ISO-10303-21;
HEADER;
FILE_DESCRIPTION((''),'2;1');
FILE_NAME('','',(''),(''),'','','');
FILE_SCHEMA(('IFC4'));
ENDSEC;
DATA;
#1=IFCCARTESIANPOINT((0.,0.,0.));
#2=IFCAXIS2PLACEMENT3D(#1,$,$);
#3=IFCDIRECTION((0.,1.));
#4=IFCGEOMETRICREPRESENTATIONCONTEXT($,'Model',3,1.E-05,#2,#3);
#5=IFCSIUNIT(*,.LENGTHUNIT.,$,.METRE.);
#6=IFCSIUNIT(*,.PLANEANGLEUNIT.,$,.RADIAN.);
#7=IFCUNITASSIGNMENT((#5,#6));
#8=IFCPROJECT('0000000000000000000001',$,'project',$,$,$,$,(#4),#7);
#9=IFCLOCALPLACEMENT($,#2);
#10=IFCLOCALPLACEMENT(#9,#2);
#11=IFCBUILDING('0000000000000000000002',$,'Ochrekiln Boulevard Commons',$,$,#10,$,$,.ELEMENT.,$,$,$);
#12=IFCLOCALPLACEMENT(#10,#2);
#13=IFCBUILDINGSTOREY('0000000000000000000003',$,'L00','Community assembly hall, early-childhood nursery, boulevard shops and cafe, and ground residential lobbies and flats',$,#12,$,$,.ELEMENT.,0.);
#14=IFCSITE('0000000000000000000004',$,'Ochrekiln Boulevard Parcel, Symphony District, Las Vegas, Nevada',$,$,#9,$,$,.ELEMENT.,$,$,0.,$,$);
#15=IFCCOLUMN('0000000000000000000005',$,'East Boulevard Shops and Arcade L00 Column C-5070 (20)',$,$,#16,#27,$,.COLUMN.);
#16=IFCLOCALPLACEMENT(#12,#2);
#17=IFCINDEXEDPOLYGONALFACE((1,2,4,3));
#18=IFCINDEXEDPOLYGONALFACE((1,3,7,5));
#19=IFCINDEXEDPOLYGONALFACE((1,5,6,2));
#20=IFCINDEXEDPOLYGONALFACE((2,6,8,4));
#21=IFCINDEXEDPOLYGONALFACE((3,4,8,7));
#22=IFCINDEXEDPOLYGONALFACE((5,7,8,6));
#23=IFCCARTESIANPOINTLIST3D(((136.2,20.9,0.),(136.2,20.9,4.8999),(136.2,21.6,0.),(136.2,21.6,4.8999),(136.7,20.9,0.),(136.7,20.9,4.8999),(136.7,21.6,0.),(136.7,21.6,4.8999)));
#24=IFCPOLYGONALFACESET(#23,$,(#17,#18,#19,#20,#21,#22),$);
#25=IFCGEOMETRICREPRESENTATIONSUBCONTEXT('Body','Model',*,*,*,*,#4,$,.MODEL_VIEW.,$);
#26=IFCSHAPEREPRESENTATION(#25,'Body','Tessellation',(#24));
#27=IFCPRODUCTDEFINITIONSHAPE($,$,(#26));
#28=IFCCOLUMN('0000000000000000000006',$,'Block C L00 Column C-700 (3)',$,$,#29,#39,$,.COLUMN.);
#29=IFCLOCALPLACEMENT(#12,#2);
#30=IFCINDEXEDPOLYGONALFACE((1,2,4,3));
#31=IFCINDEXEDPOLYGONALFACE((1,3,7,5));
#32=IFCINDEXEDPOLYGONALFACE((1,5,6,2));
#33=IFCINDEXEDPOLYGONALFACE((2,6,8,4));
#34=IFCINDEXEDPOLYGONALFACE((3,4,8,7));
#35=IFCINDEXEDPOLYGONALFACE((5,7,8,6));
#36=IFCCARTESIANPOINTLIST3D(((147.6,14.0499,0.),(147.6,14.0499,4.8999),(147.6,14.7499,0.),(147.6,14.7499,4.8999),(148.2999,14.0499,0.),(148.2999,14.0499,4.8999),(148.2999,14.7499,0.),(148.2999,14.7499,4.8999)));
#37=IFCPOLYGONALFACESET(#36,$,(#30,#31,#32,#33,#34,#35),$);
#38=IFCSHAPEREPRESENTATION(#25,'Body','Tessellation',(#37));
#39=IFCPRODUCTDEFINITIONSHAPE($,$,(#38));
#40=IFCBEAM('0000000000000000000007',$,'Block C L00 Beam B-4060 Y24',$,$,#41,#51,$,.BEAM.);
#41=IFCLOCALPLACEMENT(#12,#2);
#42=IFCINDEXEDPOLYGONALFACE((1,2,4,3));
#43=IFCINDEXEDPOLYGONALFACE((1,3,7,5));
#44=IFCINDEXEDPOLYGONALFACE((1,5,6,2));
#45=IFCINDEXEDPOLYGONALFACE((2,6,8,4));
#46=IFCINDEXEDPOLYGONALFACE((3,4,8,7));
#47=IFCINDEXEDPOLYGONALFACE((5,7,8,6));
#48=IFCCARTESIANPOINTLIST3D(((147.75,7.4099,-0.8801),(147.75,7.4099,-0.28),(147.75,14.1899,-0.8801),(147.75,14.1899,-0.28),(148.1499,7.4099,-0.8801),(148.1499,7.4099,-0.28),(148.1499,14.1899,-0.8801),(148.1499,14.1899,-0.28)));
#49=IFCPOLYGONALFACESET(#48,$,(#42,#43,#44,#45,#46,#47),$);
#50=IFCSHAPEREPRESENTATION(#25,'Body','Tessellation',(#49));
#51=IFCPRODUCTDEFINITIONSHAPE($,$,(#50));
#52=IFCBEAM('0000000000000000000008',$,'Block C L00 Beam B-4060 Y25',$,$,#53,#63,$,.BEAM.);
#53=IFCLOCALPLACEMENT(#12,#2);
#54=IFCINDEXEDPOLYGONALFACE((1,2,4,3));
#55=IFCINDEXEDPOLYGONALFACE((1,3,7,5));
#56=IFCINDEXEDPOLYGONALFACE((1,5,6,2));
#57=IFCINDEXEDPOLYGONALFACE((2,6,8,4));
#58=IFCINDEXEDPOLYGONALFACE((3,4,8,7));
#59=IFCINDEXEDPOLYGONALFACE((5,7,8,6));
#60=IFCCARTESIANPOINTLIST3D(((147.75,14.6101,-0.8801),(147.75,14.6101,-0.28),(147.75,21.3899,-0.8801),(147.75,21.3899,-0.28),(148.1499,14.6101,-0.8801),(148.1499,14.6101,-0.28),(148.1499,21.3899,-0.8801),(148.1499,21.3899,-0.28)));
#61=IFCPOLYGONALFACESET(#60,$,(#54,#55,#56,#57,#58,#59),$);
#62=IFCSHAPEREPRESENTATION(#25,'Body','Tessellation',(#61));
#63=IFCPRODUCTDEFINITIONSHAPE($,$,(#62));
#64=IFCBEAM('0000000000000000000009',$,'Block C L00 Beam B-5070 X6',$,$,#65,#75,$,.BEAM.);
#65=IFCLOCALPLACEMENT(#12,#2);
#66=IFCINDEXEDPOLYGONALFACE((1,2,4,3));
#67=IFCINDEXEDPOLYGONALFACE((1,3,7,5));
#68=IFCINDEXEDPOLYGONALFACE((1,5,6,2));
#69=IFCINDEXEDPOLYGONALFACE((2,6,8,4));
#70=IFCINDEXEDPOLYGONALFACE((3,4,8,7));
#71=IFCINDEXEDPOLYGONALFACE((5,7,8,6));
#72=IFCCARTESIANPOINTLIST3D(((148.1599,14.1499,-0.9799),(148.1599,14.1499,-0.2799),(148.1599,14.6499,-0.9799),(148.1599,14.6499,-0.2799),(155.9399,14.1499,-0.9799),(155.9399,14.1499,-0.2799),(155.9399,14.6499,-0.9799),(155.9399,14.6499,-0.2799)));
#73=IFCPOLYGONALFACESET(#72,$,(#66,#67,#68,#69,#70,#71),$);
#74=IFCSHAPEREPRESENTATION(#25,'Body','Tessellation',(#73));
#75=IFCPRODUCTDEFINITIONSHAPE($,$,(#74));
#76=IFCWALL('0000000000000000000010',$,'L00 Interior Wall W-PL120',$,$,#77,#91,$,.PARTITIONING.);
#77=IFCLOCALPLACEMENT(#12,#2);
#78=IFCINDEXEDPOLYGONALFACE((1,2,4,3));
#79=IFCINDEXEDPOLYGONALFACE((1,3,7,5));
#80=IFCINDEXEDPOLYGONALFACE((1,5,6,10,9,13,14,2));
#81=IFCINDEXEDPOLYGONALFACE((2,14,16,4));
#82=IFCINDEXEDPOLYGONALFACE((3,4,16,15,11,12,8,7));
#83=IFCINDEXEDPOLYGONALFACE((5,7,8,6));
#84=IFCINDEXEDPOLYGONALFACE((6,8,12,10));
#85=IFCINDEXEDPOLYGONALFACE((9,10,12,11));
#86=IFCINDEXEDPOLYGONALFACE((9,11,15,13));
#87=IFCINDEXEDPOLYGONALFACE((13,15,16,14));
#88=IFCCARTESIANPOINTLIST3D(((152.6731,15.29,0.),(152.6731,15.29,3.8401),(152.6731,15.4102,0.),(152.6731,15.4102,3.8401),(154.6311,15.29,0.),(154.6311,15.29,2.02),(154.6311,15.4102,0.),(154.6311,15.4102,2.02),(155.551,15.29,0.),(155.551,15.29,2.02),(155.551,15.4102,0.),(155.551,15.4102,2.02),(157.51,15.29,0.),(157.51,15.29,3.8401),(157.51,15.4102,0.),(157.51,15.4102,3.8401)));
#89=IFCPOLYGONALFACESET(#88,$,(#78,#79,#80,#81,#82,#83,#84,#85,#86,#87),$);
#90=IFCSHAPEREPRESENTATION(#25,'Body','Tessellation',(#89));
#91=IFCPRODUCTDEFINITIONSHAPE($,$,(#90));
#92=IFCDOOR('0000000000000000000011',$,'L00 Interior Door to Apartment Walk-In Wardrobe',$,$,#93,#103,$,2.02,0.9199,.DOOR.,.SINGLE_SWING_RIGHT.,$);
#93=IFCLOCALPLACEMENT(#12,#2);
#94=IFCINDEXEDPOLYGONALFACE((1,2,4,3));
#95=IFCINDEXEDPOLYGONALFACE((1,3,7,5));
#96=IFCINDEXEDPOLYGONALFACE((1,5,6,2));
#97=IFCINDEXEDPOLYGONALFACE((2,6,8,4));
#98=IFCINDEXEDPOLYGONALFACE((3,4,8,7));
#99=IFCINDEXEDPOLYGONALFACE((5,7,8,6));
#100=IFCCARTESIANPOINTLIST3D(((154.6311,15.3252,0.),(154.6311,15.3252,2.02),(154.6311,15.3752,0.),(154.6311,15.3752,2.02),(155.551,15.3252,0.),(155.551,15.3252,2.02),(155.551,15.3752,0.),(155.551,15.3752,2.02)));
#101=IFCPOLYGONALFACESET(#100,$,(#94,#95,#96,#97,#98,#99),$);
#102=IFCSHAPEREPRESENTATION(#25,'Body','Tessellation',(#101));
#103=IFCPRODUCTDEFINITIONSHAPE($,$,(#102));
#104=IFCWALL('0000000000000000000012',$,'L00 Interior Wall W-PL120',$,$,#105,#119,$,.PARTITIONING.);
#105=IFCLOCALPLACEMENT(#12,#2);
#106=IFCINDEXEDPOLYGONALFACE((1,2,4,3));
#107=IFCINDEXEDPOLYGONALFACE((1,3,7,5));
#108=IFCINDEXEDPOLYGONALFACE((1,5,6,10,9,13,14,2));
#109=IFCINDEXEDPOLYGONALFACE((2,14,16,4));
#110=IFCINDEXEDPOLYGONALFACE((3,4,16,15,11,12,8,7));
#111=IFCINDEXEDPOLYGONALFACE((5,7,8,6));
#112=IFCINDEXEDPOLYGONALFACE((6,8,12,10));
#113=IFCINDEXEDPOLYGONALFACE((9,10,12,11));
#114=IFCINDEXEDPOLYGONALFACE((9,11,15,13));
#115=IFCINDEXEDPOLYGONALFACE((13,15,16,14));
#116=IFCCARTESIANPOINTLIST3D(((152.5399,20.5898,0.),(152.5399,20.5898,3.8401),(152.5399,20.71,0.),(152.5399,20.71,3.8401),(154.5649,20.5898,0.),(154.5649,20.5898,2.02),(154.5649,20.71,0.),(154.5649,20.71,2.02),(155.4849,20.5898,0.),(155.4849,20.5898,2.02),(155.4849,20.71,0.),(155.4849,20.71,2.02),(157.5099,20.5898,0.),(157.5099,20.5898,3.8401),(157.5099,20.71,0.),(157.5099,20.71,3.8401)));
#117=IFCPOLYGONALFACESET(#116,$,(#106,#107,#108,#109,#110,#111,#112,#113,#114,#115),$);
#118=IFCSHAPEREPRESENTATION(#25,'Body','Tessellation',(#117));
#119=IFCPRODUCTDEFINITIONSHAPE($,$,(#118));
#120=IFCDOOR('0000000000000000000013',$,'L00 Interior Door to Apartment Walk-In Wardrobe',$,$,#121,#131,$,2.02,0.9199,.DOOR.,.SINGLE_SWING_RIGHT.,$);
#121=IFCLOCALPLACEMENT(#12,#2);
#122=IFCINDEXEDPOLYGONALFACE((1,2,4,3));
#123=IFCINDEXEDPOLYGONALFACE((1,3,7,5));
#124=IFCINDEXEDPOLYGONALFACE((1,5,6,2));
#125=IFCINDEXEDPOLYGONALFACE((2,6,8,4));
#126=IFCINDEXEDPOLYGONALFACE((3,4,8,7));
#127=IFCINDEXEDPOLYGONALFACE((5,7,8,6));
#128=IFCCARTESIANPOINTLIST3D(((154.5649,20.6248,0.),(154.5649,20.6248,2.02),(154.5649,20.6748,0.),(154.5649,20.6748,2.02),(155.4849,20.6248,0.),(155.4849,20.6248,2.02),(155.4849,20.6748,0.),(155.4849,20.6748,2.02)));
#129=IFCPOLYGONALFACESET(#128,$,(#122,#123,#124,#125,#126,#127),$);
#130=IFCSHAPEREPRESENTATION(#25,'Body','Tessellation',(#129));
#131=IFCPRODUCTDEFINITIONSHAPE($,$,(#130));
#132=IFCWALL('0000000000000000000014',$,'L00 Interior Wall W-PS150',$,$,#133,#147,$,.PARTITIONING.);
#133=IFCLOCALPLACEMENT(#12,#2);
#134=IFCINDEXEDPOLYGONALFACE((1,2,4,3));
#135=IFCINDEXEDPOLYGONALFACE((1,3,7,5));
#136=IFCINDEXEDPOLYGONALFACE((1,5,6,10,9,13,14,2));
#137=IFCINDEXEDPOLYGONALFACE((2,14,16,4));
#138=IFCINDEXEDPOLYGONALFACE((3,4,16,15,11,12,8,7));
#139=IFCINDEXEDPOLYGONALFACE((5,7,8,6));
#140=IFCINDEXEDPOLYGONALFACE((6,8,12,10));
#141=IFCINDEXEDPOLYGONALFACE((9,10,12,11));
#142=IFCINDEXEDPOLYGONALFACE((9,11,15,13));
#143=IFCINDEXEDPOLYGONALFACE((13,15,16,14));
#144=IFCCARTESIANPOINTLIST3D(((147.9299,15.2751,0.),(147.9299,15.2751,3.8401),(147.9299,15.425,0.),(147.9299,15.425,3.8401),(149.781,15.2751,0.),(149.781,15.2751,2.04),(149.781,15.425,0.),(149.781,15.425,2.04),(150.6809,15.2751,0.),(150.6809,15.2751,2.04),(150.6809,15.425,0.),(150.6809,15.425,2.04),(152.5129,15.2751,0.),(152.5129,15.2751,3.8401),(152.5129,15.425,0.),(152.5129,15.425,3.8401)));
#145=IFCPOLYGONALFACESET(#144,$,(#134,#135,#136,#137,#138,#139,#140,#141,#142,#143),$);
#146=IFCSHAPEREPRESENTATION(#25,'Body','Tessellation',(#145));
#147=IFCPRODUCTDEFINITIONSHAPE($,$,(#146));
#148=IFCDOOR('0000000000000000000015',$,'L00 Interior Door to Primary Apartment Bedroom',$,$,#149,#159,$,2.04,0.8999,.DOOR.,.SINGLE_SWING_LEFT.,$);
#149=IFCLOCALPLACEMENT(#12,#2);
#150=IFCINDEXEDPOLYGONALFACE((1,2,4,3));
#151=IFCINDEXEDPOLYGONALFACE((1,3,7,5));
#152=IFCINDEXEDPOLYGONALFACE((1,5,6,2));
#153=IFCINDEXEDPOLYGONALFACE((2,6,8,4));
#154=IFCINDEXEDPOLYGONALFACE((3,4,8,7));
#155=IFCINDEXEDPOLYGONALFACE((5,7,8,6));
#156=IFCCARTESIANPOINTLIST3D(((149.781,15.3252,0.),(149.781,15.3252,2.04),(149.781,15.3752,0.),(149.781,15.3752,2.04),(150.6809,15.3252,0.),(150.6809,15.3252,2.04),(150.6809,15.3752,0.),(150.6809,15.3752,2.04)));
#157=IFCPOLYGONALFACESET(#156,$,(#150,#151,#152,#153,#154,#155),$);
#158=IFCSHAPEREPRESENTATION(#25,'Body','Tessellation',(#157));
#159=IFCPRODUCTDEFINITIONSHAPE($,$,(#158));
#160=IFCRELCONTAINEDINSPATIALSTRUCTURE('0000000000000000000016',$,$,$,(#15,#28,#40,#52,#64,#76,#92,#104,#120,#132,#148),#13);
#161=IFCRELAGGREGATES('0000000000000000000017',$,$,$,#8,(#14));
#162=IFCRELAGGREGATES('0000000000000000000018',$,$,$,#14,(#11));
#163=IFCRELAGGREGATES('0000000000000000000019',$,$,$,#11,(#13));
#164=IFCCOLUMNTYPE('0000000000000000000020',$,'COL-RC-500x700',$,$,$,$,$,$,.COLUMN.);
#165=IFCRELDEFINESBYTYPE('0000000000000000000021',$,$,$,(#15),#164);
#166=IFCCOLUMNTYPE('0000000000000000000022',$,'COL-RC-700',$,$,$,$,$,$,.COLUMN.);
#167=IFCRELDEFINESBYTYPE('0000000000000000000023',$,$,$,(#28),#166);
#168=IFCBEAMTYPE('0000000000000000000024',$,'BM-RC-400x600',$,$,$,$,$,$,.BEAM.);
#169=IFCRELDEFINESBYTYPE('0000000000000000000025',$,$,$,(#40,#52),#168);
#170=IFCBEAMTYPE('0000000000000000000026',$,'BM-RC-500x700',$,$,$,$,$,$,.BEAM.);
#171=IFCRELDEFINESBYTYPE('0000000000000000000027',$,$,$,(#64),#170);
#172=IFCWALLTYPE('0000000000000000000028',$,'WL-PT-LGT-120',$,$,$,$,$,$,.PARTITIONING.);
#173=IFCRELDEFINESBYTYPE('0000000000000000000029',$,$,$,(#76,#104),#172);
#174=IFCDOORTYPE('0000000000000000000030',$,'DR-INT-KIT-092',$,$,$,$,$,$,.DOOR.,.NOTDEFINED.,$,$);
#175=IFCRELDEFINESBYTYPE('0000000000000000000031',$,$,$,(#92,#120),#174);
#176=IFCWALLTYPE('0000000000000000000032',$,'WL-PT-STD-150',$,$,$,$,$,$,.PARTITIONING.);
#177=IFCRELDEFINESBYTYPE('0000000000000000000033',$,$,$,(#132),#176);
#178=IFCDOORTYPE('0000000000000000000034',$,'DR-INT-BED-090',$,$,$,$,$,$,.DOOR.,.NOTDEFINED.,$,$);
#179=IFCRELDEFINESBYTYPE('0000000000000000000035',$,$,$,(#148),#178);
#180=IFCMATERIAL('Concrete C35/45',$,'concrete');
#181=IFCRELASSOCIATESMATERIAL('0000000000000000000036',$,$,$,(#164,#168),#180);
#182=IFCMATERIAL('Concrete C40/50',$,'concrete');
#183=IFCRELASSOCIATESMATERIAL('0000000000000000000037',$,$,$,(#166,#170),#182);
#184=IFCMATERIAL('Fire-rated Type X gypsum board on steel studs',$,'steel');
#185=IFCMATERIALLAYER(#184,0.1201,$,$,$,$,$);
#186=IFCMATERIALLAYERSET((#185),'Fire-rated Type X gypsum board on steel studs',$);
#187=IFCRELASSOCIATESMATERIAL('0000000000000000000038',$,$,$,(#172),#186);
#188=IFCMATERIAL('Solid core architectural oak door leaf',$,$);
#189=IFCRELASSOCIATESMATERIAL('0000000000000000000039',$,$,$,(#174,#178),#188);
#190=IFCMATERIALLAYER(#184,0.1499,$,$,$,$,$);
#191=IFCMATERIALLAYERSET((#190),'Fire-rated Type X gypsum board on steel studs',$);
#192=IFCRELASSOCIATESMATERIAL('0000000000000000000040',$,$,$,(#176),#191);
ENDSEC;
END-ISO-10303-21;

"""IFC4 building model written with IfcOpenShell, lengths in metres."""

from ifc_helpers import new_model, si_unit, direction, frame, frame_2d, origin, origin_2d, place, context, subcontext, project, spatial, rectangle, extrude, material, layer, layer_set, material_profile, profile_set, type_object, element, fill, save


model = new_model("IFC4")

# Units and contexts
model_context = context("Model", 3, precision=1e-05, world=origin(), true_north=direction((0.0, 1.0)))
body_context = subcontext(model_context, "Body", "Model", "MODEL_VIEW")
ifc_project = project(units=[si_unit("LENGTHUNIT", "METRE"), si_unit("PLANEANGLEUNIT", "RADIAN")], contexts=[model_context])

# Site, building, storey
site_placement = place(None, origin())
site = spatial("IfcSite", under=ifc_project, at=site_placement, Name="Ochrekiln Boulevard Parcel, Symphony District, Las Vegas, Nevada", CompositionType="ELEMENT", RefElevation=0.0)
building_placement = place(site_placement, origin())
building = spatial("IfcBuilding", under=site, at=building_placement, Name="Ochrekiln Boulevard Commons", CompositionType="ELEMENT")
storey_placement = place(building_placement, origin())
storey = spatial("IfcBuildingStorey", under=building, at=storey_placement, Name="L00", Description="Community assembly hall, early-childhood nursery, boulevard shops and cafe, and ground residential lobbies and flats", CompositionType="ELEMENT", Elevation=0.0)

# Columns
ifc_material_1 = material(Name="Concrete C35/45", Category="concrete")
ifc_material_profile_1 = material_profile(ifc_material_1, rectangle(XDim=0.5, YDim=0.7, at=origin_2d()), Name="RC-COL-500x700")
ifc_profile_set_1 = profile_set([ifc_material_profile_1], Name="Concrete C35/45")
column_type_1 = type_object("IfcColumnType", Name="COL-RC-500x700", PredefinedType="COLUMN", material=ifc_profile_set_1)
column_1_placement = place(storey_placement, frame((136.45, 21.25, 0.0), z_axis=(0.0, 0.0, 1.0), x_axis=(1.0, 0.0, 0.0)))
element("IfcColumn", 1, at=column_1_placement, inside=storey, type_object=column_type_1, Name="East Boulevard Shops and Arcade L00 Column C-5070 (20)", PredefinedType="COLUMN", context=body_context, shape_type="SweptSolid", body=[
    extrude(rectangle(XDim=0.5, YDim=0.7, at=origin_2d()), origin(), (0.0, 0.0, 1.0), 4.8999),
])
ifc_material_2 = material(Name="Concrete C40/50", Category="concrete")
ifc_material_profile_2 = material_profile(ifc_material_2, rectangle(XDim=0.7, YDim=0.7, at=origin_2d()), Name="RC-COL-700x700")
ifc_profile_set_2 = profile_set([ifc_material_profile_2], Name="Concrete C40/50")
column_type_2 = type_object("IfcColumnType", Name="COL-RC-700", PredefinedType="COLUMN", material=ifc_profile_set_2)
column_2_placement = place(storey_placement, frame((147.95, 14.3999, 0.0), z_axis=(0.0, 0.0, 1.0), x_axis=(1.0, 0.0, 0.0)))
element("IfcColumn", 2, at=column_2_placement, inside=storey, type_object=column_type_2, Name="Block C L00 Column C-700 (3)", PredefinedType="COLUMN", context=body_context, shape_type="SweptSolid", body=[
    extrude(rectangle(XDim=0.7, YDim=0.7, at=origin_2d()), origin(), (0.0, 0.0, 1.0), 4.8999),
])

# Beams
ifc_material_profile_3 = material_profile(ifc_material_1, rectangle(XDim=0.3999, YDim=0.6001, at=origin_2d()), Name="RC-BM-400x600")
ifc_profile_set_3 = profile_set([ifc_material_profile_3], Name="Concrete C35/45")
beam_type_1 = type_object("IfcBeamType", Name="BM-RC-400x600", PredefinedType="BEAM", material=ifc_profile_set_3)
beam_1_placement = place(storey_placement, frame((147.95, 7.4099, -0.5801), z_axis=(0.0, 1.0, 0.0), x_axis=(-1.0, 0.0, 0.0)))
element("IfcBeam", 3, at=beam_1_placement, inside=storey, type_object=beam_type_1, Name="Block C L00 Beam B-4060 Y24", PredefinedType="BEAM", context=body_context, shape_type="SweptSolid", body=[
    extrude(rectangle(XDim=0.3999, YDim=0.6001, at=origin_2d()), origin(), (0.0, 0.0, 1.0), 6.78),
])
beam_2_placement = place(storey_placement, frame((147.95, 14.6101, -0.5801), z_axis=(0.0, 1.0, 0.0), x_axis=(-1.0, 0.0, 0.0)))
element("IfcBeam", 4, at=beam_2_placement, inside=storey, type_object=beam_type_1, Name="Block C L00 Beam B-4060 Y25", PredefinedType="BEAM", context=body_context, shape_type="SweptSolid", body=[
    extrude(rectangle(XDim=0.3999, YDim=0.6001, at=origin_2d()), origin(), (0.0, 0.0, 1.0), 6.7798),
])
ifc_material_profile_4 = material_profile(ifc_material_2, rectangle(XDim=0.5, YDim=0.7, at=origin_2d()), Name="RC-BM-500x700")
ifc_profile_set_4 = profile_set([ifc_material_profile_4], Name="Concrete C40/50")
beam_type_2 = type_object("IfcBeamType", Name="BM-RC-500x700", PredefinedType="BEAM", material=ifc_profile_set_4)
beam_3_placement = place(storey_placement, frame((148.1599, 14.3999, -0.6299), z_axis=(1.0, 0.0, 0.0), x_axis=(0.0, 1.0, 0.0)))
element("IfcBeam", 5, at=beam_3_placement, inside=storey, type_object=beam_type_2, Name="Block C L00 Beam B-5070 X6", PredefinedType="BEAM", context=body_context, shape_type="SweptSolid", body=[
    extrude(rectangle(XDim=0.5, YDim=0.7, at=origin_2d()), origin(), (0.0, 0.0, 1.0), 7.78),
])

# Walls, openings, doors
ifc_material_3 = material(Name="Fire-rated Type X gypsum board on steel studs", Category="steel")
ifc_layer_1 = layer(ifc_material_3, 0.1201)
ifc_layer_set_1 = layer_set([ifc_layer_1], Name="Fire-rated Type X gypsum board on steel studs")
wall_type_1 = type_object("IfcWallType", Name="WL-PT-LGT-120", PredefinedType="PARTITIONING", material=ifc_layer_set_1)
wall_1_placement = place(storey_placement, frame((152.6731, 15.3501, 0.0), z_axis=(0.0, 0.0, 1.0), x_axis=(1.0, 0.0, 0.0)))
wall_1 = element("IfcWall", 6, at=wall_1_placement, inside=storey, type_object=wall_type_1, Name="L00 Interior Wall W-PL120", PredefinedType="PARTITIONING", context=body_context, shape_type="SweptSolid", body=[
    extrude(rectangle(XDim=4.8369, YDim=0.1201, at=frame_2d((2.4185, 0.0))), origin(), (0.0, 0.0, 1.0), 3.8401),
])
opening_1_placement = place(wall_1_placement, frame((1.958, 0.0, 0.0)))
opening_1 = element("IfcOpeningElement", 7, at=opening_1_placement, cuts=wall_1, PredefinedType="OPENING", context=body_context, shape_type="SweptSolid", body=[
    extrude(rectangle(XDim=0.9199, YDim=2.02, at=frame_2d((0.46, 1.01))), frame((0.0, 0.0701, 0.0), z_axis=(0.0, -1.0, 0.0), x_axis=(1.0, 0.0, 0.0)), (0.0, 0.0, 1.0), 0.1401),
])
ifc_material_4 = material(Name="Solid core architectural oak door leaf")
door_type_1 = type_object("IfcDoorType", Name="DR-INT-KIT-092", OperationType="NOTDEFINED", PredefinedType="DOOR", material=ifc_material_4)
door_1_placement = place(opening_1_placement, frame((0.9199, 0.0, 0.0), z_axis=(0.0, 0.0, 1.0), x_axis=(-1.0, 0.0, 0.0)))
door_1 = element("IfcDoor", 8, at=door_1_placement, inside=storey, type_object=door_type_1, Name="L00 Interior Door to Apartment Walk-In Wardrobe", OperationType="SINGLE_SWING_RIGHT", OverallHeight=2.02, OverallWidth=0.9199, PredefinedType="DOOR", context=body_context, shape_type="SweptSolid", body=[
    extrude(rectangle(XDim=0.9199, YDim=2.02, at=frame_2d((0.46, 1.01))), frame((0.0, 0.0249, 0.0), z_axis=(0.0, -1.0, 0.0), x_axis=(1.0, 0.0, 0.0)), (0.0, 0.0, 1.0), 0.05),
])
fill(opening_1, door_1)
wall_2_placement = place(storey_placement, frame((152.54, 20.6499, 0.0), z_axis=(0.0, 0.0, 1.0), x_axis=(1.0, 0.0, 0.0)))
wall_2 = element("IfcWall", 9, at=wall_2_placement, inside=storey, type_object=wall_type_1, Name="L00 Interior Wall W-PL120", PredefinedType="PARTITIONING", context=body_context, shape_type="SweptSolid", body=[
    extrude(rectangle(XDim=4.97, YDim=0.1201, at=frame_2d((2.4849, 0.0))), origin(), (0.0, 0.0, 1.0), 3.8401),
])
opening_2_placement = place(wall_2_placement, frame((2.0249, 0.0, 0.0)))
opening_2 = element("IfcOpeningElement", 10, at=opening_2_placement, cuts=wall_2, PredefinedType="OPENING", context=body_context, shape_type="SweptSolid", body=[
    extrude(rectangle(XDim=0.9199, YDim=2.02, at=frame_2d((0.46, 1.01))), frame((0.0, 0.0701, 0.0), z_axis=(0.0, -1.0, 0.0), x_axis=(1.0, 0.0, 0.0)), (0.0, 0.0, 1.0), 0.1401),
])
door_2_placement = place(opening_2_placement, origin())
door_2 = element("IfcDoor", 11, at=door_2_placement, inside=storey, type_object=door_type_1, Name="L00 Interior Door to Apartment Walk-In Wardrobe", OperationType="SINGLE_SWING_RIGHT", OverallHeight=2.02, OverallWidth=0.9199, PredefinedType="DOOR", context=body_context, shape_type="SweptSolid", body=[
    extrude(rectangle(XDim=0.9199, YDim=2.02, at=frame_2d((0.46, 1.01))), frame((0.0, 0.0249, 0.0), z_axis=(0.0, -1.0, 0.0), x_axis=(1.0, 0.0, 0.0)), (0.0, 0.0, 1.0), 0.05),
])
fill(opening_2, door_2)
ifc_layer_2 = layer(ifc_material_3, 0.1499)
ifc_layer_set_2 = layer_set([ifc_layer_2], Name="Fire-rated Type X gypsum board on steel studs")
wall_type_2 = type_object("IfcWallType", Name="WL-PT-STD-150", PredefinedType="PARTITIONING", material=ifc_layer_set_2)
wall_3_placement = place(storey_placement, frame((147.9299, 15.3501, 0.0), z_axis=(0.0, 0.0, 1.0), x_axis=(1.0, 0.0, 0.0)))
wall_3 = element("IfcWall", 12, at=wall_3_placement, inside=storey, type_object=wall_type_2, Name="L00 Interior Wall W-PS150", PredefinedType="PARTITIONING", context=body_context, shape_type="SweptSolid", body=[
    extrude(rectangle(XDim=4.583, YDim=0.1499, at=frame_2d((2.2915, 0.0))), origin(), (0.0, 0.0, 1.0), 3.8401),
])
opening_3_placement = place(wall_3_placement, frame((1.8511, 0.0, 0.0)))
opening_3 = element("IfcOpeningElement", 13, at=opening_3_placement, cuts=wall_3, PredefinedType="OPENING", context=body_context, shape_type="SweptSolid", body=[
    extrude(rectangle(XDim=0.8999, YDim=2.04, at=frame_2d((0.45, 1.02))), frame((0.0, 0.085, 0.0), z_axis=(0.0, -1.0, 0.0), x_axis=(1.0, 0.0, 0.0)), (0.0, 0.0, 1.0), 0.1699),
])
door_type_2 = type_object("IfcDoorType", Name="DR-INT-BED-090", OperationType="NOTDEFINED", PredefinedType="DOOR", material=ifc_material_4)
door_3_placement = place(opening_3_placement, frame((0.8999, 0.0, 0.0), z_axis=(0.0, 0.0, 1.0), x_axis=(-1.0, 0.0, 0.0)))
door_3 = element("IfcDoor", 14, at=door_3_placement, inside=storey, type_object=door_type_2, Name="L00 Interior Door to Primary Apartment Bedroom", OperationType="SINGLE_SWING_LEFT", OverallHeight=2.04, OverallWidth=0.8999, PredefinedType="DOOR", context=body_context, shape_type="SweptSolid", body=[
    extrude(rectangle(XDim=0.8999, YDim=2.04, at=frame_2d((0.45, 1.02))), frame((0.0, 0.0249, 0.0), z_axis=(0.0, -1.0, 0.0), x_axis=(1.0, 0.0, 0.0)), (0.0, 0.0, 1.0), 0.05),
])
fill(opening_3, door_3)

save(model, "model.ifc")
